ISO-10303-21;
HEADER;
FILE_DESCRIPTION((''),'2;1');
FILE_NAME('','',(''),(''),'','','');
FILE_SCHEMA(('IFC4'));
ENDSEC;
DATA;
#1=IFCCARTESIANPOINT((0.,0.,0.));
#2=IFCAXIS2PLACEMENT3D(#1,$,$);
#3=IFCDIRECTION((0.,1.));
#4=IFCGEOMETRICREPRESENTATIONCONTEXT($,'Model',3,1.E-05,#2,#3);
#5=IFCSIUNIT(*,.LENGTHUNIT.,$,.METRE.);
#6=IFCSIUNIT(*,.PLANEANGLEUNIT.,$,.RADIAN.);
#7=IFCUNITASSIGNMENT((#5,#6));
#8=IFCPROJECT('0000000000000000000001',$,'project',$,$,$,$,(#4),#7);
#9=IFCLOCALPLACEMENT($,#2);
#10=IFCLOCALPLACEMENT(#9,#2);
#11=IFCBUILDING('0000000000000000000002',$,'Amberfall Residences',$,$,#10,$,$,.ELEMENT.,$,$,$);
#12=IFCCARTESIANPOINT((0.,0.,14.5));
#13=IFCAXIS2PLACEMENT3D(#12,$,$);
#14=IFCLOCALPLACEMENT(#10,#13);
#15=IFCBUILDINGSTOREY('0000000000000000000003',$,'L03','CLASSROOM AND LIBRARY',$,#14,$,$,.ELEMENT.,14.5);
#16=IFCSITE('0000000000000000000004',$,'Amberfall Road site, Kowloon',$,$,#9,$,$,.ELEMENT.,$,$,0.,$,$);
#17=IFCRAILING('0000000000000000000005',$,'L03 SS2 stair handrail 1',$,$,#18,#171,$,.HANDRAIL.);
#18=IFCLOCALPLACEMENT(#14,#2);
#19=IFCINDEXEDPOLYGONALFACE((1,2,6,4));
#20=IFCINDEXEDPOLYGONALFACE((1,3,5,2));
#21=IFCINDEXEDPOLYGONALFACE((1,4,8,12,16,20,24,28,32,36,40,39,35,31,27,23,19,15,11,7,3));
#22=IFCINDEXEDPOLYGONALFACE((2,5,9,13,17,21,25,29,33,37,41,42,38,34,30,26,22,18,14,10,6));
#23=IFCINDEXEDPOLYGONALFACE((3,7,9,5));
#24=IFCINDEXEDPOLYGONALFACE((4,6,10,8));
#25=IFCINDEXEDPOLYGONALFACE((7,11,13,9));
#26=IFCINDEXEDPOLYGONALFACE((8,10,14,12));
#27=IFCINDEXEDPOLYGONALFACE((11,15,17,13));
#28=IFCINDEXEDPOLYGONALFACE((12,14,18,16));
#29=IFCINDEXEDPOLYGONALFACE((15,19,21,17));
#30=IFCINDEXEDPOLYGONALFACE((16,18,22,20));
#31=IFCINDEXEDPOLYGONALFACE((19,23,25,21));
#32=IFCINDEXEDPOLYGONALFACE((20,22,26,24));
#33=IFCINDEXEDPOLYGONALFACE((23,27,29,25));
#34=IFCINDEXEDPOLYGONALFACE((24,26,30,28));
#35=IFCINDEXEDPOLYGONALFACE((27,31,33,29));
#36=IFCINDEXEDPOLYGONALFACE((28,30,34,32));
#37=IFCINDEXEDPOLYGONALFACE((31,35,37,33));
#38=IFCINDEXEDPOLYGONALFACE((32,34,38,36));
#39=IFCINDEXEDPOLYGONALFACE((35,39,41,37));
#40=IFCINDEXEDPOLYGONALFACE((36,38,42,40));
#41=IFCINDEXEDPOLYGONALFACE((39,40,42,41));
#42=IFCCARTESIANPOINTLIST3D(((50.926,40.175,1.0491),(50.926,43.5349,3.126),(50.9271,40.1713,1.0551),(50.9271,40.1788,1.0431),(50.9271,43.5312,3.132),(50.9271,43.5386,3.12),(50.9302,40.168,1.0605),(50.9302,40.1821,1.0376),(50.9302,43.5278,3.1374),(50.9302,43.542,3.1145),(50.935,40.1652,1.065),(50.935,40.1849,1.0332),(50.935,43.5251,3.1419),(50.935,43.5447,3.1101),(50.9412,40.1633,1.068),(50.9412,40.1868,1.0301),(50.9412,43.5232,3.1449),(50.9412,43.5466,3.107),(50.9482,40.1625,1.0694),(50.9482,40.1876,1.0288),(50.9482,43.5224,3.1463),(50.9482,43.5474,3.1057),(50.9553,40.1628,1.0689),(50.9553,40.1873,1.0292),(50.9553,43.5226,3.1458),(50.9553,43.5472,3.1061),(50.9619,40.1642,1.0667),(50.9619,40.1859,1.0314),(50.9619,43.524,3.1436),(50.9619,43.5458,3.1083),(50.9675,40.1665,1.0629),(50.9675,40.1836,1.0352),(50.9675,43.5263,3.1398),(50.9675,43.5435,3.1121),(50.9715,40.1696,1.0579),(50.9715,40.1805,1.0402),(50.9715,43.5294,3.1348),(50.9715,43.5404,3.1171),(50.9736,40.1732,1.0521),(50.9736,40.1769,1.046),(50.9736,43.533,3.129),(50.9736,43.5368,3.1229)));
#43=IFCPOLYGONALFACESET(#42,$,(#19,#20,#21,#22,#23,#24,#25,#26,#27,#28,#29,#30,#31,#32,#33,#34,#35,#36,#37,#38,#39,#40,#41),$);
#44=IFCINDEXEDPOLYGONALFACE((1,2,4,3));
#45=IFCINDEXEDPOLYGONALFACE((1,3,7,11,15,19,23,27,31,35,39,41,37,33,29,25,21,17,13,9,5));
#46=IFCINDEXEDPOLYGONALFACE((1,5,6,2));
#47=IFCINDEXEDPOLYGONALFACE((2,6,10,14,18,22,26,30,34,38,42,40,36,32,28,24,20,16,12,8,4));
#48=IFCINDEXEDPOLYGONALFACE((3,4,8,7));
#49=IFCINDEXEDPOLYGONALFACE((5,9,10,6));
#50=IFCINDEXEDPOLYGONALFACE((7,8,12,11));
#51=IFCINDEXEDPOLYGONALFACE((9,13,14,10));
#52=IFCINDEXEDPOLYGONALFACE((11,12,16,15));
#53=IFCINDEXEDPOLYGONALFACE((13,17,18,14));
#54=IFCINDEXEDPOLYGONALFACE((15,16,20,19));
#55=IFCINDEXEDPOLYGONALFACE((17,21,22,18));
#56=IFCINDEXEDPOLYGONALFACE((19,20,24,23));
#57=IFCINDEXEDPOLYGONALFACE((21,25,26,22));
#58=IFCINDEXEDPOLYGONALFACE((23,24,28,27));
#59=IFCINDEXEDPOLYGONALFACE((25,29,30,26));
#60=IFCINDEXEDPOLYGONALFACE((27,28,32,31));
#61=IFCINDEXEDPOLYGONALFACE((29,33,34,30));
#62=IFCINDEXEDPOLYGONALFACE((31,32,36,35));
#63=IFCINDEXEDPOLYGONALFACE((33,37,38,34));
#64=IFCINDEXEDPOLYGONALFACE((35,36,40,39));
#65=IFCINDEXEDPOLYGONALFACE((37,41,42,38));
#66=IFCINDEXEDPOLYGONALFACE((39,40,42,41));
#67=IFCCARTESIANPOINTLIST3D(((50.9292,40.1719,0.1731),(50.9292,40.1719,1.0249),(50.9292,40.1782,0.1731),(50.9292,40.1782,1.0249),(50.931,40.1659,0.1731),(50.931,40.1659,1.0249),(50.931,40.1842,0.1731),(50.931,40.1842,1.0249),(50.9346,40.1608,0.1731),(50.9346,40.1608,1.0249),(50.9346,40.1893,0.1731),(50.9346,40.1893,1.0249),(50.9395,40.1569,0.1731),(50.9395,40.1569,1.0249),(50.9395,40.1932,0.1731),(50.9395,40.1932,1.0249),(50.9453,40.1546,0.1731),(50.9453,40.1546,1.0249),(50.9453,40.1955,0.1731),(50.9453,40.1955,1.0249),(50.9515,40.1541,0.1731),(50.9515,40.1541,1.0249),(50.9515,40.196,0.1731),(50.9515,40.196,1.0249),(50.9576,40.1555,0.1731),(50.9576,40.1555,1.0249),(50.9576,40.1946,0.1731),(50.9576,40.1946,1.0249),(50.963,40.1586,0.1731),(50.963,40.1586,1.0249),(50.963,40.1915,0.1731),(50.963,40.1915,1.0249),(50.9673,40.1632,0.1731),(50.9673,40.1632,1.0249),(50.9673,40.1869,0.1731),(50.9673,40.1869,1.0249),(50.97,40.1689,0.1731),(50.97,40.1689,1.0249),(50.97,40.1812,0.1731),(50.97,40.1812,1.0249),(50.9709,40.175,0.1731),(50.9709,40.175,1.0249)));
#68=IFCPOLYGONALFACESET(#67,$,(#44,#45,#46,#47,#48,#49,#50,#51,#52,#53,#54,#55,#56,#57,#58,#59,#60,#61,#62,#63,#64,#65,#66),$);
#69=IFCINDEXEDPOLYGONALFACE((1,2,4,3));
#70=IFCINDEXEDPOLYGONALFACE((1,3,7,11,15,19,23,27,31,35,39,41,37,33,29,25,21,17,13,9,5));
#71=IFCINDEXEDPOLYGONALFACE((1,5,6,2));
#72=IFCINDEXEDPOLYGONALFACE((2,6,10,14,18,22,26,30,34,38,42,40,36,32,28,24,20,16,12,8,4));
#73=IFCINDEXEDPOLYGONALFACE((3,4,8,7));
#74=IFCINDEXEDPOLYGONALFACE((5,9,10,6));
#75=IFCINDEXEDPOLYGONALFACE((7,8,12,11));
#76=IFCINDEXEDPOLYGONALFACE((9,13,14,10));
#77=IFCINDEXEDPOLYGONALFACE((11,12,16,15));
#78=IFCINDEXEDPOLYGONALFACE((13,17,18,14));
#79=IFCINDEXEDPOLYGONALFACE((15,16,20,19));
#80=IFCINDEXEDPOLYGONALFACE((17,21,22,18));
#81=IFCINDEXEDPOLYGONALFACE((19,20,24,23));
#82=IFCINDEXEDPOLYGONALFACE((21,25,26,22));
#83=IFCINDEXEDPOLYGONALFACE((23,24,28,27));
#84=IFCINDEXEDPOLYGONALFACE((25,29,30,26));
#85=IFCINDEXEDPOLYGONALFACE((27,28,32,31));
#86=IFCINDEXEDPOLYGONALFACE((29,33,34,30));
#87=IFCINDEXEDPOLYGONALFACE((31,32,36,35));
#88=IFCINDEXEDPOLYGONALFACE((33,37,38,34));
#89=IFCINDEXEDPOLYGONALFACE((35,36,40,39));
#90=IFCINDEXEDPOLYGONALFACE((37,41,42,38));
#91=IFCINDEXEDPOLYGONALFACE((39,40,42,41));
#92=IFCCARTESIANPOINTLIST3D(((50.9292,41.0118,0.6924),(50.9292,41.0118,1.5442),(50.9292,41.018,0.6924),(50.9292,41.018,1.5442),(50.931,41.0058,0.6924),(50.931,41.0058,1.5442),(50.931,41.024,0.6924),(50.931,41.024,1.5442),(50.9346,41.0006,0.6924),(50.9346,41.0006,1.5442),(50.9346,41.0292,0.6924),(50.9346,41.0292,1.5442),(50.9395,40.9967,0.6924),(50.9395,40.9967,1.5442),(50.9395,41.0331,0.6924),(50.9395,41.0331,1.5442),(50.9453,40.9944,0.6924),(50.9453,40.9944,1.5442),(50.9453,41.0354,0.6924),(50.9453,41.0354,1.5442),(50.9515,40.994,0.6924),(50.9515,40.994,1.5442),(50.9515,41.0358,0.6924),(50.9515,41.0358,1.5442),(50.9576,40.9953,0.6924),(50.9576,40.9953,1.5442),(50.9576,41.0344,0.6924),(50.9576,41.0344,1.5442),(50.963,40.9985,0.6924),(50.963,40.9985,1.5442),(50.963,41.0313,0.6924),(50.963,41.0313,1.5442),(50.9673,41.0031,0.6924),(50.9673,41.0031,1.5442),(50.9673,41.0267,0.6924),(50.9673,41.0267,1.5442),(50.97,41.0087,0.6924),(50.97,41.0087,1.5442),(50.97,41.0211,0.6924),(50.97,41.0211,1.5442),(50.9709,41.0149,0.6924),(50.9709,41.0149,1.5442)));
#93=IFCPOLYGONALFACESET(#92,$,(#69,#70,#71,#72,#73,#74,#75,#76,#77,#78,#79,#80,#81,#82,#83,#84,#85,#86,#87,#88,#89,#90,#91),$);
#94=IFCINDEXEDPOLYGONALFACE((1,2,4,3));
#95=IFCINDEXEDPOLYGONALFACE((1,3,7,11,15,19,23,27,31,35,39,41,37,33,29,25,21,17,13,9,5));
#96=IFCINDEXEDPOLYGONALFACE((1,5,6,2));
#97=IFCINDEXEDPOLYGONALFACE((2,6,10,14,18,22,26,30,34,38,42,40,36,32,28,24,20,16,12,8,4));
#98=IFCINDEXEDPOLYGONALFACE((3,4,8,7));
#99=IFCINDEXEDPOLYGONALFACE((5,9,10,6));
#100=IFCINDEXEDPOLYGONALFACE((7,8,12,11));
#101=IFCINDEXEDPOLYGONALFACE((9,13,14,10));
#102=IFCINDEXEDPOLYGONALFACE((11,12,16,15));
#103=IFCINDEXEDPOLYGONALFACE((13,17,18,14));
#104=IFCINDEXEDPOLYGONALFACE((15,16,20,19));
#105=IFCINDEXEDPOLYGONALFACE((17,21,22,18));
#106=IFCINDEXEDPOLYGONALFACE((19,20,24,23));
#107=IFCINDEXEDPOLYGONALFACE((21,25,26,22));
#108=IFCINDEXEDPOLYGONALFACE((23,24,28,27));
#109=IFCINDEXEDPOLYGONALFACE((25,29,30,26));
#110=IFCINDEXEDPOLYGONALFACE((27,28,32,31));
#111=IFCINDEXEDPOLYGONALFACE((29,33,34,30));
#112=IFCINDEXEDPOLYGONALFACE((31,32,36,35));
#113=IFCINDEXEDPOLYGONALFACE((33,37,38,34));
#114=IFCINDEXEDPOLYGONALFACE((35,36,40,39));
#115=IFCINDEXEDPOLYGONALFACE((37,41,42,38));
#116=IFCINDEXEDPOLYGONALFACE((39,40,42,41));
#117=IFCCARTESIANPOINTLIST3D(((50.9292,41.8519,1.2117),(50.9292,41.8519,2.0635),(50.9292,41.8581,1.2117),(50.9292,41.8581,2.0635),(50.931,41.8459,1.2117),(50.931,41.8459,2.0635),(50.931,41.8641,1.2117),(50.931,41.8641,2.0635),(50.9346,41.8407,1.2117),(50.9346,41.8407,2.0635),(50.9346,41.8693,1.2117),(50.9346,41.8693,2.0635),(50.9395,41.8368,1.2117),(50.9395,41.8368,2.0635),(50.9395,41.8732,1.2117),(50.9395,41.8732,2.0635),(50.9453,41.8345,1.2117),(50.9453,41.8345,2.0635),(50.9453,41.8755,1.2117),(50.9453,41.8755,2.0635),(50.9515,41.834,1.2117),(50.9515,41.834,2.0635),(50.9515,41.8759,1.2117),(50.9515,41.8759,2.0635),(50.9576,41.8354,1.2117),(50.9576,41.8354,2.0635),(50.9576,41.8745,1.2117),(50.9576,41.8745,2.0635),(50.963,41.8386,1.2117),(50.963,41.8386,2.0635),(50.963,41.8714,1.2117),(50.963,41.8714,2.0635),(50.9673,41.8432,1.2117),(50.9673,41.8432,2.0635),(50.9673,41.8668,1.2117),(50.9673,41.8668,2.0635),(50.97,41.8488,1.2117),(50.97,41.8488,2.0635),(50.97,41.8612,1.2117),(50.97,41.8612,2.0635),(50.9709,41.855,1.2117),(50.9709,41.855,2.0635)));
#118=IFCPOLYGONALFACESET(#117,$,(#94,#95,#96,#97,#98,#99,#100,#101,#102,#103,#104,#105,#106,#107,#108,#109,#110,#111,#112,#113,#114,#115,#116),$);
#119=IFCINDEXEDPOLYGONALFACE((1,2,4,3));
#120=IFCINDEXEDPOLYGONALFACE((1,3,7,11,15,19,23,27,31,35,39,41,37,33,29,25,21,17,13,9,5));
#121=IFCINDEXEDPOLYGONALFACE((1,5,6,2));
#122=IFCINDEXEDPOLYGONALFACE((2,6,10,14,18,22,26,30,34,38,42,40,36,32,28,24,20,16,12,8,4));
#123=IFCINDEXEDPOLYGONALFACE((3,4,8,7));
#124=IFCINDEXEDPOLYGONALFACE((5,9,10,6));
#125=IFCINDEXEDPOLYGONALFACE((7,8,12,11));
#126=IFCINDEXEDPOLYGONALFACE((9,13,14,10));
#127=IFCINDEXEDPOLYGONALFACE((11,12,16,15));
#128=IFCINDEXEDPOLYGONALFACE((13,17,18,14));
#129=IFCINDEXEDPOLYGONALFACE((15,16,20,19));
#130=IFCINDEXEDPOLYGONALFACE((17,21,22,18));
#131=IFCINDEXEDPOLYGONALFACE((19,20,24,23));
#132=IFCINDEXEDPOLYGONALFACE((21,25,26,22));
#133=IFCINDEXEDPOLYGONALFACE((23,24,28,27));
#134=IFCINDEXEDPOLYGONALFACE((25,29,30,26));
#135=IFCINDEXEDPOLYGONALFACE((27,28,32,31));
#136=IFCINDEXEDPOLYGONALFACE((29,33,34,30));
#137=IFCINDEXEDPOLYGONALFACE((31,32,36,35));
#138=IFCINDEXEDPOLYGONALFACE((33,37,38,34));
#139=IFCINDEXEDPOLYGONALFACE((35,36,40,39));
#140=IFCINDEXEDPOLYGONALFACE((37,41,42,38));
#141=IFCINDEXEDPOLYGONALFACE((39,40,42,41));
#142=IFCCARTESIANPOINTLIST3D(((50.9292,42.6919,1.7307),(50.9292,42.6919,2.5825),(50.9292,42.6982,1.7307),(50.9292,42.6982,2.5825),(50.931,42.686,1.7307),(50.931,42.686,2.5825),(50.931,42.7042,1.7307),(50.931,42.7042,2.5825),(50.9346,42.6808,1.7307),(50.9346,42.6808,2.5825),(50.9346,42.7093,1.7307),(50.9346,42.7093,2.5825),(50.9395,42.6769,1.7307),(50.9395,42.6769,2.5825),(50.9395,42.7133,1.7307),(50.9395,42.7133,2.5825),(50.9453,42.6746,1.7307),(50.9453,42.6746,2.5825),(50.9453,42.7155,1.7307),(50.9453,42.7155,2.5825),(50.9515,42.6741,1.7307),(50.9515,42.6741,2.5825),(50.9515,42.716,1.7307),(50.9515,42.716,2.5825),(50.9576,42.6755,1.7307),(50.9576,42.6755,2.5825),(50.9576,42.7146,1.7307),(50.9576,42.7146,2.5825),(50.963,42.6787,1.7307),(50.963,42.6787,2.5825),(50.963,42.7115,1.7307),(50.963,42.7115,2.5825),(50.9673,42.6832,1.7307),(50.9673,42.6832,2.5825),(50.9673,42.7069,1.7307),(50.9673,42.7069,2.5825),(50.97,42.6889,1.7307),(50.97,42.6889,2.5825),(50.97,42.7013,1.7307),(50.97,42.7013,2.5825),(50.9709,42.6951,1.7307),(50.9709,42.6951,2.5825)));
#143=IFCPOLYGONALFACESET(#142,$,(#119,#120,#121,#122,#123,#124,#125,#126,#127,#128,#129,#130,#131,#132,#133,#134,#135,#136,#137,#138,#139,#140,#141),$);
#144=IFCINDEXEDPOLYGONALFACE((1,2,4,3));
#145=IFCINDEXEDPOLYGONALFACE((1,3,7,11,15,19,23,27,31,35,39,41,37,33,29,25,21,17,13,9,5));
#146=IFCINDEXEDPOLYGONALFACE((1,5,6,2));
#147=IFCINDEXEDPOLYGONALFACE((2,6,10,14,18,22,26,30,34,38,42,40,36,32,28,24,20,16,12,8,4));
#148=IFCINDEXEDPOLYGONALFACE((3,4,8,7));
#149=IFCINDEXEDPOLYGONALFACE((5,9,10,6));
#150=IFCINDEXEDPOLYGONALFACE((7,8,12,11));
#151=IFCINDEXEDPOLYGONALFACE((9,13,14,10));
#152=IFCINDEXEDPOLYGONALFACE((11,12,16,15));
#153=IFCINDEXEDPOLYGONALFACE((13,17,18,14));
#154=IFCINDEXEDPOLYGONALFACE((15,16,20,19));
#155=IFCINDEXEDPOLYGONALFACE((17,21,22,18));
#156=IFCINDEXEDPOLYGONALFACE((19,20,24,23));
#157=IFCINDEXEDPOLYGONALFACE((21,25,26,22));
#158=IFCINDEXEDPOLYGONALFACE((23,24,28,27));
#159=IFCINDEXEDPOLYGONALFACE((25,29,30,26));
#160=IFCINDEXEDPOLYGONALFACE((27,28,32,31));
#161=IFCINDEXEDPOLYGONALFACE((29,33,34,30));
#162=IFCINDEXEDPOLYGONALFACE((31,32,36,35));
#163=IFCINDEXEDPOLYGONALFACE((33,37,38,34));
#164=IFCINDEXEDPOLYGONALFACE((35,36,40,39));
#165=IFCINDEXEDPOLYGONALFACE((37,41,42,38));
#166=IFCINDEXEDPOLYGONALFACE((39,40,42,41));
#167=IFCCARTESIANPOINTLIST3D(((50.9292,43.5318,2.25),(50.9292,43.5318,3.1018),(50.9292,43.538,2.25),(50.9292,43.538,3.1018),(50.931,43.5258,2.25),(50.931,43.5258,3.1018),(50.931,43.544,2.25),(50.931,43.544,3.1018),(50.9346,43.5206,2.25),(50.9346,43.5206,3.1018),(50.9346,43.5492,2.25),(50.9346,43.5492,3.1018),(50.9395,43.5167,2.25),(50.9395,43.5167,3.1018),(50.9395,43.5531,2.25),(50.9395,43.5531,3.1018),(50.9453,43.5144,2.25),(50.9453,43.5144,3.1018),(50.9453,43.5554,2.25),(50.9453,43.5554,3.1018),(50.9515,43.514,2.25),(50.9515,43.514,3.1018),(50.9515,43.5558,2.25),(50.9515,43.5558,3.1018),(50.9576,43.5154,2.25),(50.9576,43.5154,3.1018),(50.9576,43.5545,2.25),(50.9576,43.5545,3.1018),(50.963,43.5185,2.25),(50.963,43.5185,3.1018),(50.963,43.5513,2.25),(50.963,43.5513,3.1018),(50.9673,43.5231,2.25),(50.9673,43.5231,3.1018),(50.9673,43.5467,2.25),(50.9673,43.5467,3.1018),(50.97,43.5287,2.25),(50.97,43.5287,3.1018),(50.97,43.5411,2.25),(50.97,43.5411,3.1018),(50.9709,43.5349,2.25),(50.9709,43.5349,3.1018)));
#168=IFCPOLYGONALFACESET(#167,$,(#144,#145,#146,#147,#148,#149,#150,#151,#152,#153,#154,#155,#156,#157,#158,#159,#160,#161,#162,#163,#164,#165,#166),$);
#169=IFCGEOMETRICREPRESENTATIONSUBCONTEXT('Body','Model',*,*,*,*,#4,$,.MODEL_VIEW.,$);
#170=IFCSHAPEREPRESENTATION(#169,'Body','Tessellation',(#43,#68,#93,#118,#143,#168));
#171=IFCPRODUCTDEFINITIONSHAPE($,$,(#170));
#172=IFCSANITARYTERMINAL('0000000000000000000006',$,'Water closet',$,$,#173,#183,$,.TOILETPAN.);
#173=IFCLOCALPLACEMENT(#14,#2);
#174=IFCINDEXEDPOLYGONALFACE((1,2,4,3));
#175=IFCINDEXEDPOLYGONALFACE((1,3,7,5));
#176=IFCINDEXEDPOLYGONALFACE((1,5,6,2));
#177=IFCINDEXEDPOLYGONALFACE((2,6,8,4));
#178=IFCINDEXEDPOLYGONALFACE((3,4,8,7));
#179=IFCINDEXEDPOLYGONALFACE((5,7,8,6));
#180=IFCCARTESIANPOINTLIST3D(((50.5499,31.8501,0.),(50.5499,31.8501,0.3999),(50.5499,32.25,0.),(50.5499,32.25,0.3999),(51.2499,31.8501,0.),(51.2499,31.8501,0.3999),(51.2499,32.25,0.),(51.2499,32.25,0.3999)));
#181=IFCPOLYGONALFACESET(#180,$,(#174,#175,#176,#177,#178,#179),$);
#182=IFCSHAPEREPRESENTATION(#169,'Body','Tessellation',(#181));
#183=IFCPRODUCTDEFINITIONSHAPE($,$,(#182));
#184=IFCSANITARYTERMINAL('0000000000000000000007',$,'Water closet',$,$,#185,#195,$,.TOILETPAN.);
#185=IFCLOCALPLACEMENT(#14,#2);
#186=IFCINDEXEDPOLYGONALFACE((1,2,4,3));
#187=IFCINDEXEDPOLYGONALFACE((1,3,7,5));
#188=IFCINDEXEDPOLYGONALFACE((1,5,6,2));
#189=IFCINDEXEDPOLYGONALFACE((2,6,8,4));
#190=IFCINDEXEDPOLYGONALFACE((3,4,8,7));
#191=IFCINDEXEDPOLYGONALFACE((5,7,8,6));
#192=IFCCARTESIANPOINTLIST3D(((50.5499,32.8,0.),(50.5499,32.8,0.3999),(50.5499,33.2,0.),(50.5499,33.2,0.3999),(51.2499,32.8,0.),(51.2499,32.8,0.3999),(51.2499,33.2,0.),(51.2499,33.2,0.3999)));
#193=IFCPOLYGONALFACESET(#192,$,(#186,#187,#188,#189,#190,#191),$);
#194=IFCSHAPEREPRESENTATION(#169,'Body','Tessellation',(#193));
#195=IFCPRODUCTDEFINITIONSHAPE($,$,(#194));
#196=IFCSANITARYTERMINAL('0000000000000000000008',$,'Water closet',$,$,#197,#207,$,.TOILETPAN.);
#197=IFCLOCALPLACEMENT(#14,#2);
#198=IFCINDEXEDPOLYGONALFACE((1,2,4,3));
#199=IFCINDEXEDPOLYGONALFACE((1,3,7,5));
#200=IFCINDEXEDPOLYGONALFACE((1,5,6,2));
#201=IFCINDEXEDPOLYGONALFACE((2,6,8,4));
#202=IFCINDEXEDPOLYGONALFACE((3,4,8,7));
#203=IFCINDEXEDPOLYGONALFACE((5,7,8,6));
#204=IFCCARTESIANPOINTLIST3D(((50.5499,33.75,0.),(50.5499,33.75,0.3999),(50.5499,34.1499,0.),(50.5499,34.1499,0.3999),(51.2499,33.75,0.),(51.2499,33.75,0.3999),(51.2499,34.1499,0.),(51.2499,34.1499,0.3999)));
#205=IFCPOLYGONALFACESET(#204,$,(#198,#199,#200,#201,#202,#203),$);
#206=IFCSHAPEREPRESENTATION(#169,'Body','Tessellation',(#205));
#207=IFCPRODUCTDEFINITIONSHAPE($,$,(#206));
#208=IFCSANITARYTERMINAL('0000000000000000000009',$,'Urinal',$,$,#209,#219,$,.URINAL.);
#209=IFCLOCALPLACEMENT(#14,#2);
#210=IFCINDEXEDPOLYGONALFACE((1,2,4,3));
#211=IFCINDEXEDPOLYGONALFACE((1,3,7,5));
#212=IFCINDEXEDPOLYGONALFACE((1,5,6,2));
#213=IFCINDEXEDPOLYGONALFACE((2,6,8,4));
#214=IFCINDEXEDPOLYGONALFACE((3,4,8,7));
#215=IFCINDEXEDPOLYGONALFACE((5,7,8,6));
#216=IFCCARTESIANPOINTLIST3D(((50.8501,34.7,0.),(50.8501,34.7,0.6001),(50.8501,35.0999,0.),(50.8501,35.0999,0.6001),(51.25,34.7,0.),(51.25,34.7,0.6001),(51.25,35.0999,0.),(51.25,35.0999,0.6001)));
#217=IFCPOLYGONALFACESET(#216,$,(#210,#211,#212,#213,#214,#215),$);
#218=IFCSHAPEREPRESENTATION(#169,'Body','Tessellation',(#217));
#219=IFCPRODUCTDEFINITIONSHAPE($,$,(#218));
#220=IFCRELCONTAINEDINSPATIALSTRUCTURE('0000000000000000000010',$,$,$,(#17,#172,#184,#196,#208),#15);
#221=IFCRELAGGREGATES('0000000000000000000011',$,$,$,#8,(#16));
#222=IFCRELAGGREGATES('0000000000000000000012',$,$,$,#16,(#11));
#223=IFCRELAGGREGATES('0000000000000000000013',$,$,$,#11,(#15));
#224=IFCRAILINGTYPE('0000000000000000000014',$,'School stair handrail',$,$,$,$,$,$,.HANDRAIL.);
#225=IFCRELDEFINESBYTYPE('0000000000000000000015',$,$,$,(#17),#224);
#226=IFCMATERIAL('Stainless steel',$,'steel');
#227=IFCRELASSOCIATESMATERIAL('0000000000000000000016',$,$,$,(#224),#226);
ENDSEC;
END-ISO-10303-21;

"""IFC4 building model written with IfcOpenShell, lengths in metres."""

from ifc_helpers import new_model, si_unit, direction, frame, origin, origin_2d, place, context, subcontext, project, spatial, rectangle, circle, extrude, material, type_object, element, save


model = new_model("IFC4")

# Units and contexts
model_context = context("Model", 3, precision=1e-05, world=origin(), true_north=direction((0.0, 1.0)))
body_context = subcontext(model_context, "Body", "Model", "MODEL_VIEW")
ifc_project = project(units=[si_unit("LENGTHUNIT", "METRE"), si_unit("PLANEANGLEUNIT", "RADIAN")], contexts=[model_context])

# Site, building, storey
site_placement = place(None, origin())
site = spatial("IfcSite", under=ifc_project, at=site_placement, Name="Amberfall Road site, Kowloon", CompositionType="ELEMENT", RefElevation=0.0)
building_placement = place(site_placement, origin())
building = spatial("IfcBuilding", under=site, at=building_placement, Name="Amberfall Residences", CompositionType="ELEMENT")
storey_placement = place(building_placement, frame((0.0, 0.0, 14.5)))
storey = spatial("IfcBuildingStorey", under=building, at=storey_placement, Name="L03", Description="CLASSROOM AND LIBRARY", CompositionType="ELEMENT", Elevation=14.5)

# Railing
ifc_material_1 = material(Name="Stainless steel", Category="steel")
railing_type_1 = type_object("IfcRailingType", Name="School stair handrail", PredefinedType="HANDRAIL", material=ifc_material_1)
railing_1_placement = place(storey_placement, frame((50.95, 40.175, 0.1731)))
element("IfcRailing", 1, at=railing_1_placement, inside=storey, type_object=railing_type_1, Name="L03 SS2 stair handrail 1", PredefinedType="HANDRAIL", context=body_context, shape_type="SweptSolid", body=[
    extrude(circle(Radius=0.0239, at=origin_2d()), frame((0.0, 0.0, 0.876), z_axis=(0.0, 0.850606, 0.525803), x_axis=(-1.0, 0.0, 0.0)), (0.0, 0.0, 1.0), 3.95),
    extrude(circle(Radius=0.021, at=origin_2d()), origin(), (0.0, 0.0, 1.0), 0.8518),
    extrude(circle(Radius=0.021, at=origin_2d()), frame((0.0, 0.8398, 0.5193)), (0.0, 0.0, 1.0), 0.8518),
    extrude(circle(Radius=0.021, at=origin_2d()), frame((0.0, 1.6799, 1.0386)), (0.0, 0.0, 1.0), 0.8518),
    extrude(circle(Radius=0.021, at=origin_2d()), frame((0.0, 2.52, 1.5576)), (0.0, 0.0, 1.0), 0.8518),
    extrude(circle(Radius=0.021, at=origin_2d()), frame((0.0, 3.3599, 2.0769)), (0.0, 0.0, 1.0), 0.8518),
])

# Sanitary terminals
for number, where, z_axis, x_axis, name in (
    (2, (50.8999, 32.05, 0.0), (0.0, 0.0, 1.0), (1.0, 0.0, 0.0), "Water closet"),
    (3, (50.8999, 33.0, 0.0), (0.0, 0.0, 1.0), (1.0, 0.0, 0.0), "Water closet"),
    (4, (50.8999, 33.95, 0.0), (0.0, 0.0, 1.0), (1.0, 0.0, 0.0), "Water closet"),
):
    element("IfcSanitaryTerminal", number, at=place(storey_placement, frame(where, z_axis=z_axis, x_axis=x_axis)), inside=storey, Name=name, PredefinedType="TOILETPAN", context=body_context, shape_type="SweptSolid", body=[
        extrude(rectangle(XDim=0.7, YDim=0.3999, at=origin_2d()), origin(), (0.0, 0.0, 1.0), 0.3999),
    ])
for number, where, z_axis, x_axis, name in (
    (5, (51.05, 34.8999, 0.0), (0.0, 0.0, 1.0), (1.0, 0.0, 0.0), "Urinal"),
):
    element("IfcSanitaryTerminal", number, at=place(storey_placement, frame(where, z_axis=z_axis, x_axis=x_axis)), inside=storey, Name=name, PredefinedType="URINAL", context=body_context, shape_type="SweptSolid", body=[
        extrude(rectangle(XDim=0.3999, YDim=0.3999, at=origin_2d()), origin(), (0.0, 0.0, 1.0), 0.6001),
    ])

save(model, "model.ifc")
